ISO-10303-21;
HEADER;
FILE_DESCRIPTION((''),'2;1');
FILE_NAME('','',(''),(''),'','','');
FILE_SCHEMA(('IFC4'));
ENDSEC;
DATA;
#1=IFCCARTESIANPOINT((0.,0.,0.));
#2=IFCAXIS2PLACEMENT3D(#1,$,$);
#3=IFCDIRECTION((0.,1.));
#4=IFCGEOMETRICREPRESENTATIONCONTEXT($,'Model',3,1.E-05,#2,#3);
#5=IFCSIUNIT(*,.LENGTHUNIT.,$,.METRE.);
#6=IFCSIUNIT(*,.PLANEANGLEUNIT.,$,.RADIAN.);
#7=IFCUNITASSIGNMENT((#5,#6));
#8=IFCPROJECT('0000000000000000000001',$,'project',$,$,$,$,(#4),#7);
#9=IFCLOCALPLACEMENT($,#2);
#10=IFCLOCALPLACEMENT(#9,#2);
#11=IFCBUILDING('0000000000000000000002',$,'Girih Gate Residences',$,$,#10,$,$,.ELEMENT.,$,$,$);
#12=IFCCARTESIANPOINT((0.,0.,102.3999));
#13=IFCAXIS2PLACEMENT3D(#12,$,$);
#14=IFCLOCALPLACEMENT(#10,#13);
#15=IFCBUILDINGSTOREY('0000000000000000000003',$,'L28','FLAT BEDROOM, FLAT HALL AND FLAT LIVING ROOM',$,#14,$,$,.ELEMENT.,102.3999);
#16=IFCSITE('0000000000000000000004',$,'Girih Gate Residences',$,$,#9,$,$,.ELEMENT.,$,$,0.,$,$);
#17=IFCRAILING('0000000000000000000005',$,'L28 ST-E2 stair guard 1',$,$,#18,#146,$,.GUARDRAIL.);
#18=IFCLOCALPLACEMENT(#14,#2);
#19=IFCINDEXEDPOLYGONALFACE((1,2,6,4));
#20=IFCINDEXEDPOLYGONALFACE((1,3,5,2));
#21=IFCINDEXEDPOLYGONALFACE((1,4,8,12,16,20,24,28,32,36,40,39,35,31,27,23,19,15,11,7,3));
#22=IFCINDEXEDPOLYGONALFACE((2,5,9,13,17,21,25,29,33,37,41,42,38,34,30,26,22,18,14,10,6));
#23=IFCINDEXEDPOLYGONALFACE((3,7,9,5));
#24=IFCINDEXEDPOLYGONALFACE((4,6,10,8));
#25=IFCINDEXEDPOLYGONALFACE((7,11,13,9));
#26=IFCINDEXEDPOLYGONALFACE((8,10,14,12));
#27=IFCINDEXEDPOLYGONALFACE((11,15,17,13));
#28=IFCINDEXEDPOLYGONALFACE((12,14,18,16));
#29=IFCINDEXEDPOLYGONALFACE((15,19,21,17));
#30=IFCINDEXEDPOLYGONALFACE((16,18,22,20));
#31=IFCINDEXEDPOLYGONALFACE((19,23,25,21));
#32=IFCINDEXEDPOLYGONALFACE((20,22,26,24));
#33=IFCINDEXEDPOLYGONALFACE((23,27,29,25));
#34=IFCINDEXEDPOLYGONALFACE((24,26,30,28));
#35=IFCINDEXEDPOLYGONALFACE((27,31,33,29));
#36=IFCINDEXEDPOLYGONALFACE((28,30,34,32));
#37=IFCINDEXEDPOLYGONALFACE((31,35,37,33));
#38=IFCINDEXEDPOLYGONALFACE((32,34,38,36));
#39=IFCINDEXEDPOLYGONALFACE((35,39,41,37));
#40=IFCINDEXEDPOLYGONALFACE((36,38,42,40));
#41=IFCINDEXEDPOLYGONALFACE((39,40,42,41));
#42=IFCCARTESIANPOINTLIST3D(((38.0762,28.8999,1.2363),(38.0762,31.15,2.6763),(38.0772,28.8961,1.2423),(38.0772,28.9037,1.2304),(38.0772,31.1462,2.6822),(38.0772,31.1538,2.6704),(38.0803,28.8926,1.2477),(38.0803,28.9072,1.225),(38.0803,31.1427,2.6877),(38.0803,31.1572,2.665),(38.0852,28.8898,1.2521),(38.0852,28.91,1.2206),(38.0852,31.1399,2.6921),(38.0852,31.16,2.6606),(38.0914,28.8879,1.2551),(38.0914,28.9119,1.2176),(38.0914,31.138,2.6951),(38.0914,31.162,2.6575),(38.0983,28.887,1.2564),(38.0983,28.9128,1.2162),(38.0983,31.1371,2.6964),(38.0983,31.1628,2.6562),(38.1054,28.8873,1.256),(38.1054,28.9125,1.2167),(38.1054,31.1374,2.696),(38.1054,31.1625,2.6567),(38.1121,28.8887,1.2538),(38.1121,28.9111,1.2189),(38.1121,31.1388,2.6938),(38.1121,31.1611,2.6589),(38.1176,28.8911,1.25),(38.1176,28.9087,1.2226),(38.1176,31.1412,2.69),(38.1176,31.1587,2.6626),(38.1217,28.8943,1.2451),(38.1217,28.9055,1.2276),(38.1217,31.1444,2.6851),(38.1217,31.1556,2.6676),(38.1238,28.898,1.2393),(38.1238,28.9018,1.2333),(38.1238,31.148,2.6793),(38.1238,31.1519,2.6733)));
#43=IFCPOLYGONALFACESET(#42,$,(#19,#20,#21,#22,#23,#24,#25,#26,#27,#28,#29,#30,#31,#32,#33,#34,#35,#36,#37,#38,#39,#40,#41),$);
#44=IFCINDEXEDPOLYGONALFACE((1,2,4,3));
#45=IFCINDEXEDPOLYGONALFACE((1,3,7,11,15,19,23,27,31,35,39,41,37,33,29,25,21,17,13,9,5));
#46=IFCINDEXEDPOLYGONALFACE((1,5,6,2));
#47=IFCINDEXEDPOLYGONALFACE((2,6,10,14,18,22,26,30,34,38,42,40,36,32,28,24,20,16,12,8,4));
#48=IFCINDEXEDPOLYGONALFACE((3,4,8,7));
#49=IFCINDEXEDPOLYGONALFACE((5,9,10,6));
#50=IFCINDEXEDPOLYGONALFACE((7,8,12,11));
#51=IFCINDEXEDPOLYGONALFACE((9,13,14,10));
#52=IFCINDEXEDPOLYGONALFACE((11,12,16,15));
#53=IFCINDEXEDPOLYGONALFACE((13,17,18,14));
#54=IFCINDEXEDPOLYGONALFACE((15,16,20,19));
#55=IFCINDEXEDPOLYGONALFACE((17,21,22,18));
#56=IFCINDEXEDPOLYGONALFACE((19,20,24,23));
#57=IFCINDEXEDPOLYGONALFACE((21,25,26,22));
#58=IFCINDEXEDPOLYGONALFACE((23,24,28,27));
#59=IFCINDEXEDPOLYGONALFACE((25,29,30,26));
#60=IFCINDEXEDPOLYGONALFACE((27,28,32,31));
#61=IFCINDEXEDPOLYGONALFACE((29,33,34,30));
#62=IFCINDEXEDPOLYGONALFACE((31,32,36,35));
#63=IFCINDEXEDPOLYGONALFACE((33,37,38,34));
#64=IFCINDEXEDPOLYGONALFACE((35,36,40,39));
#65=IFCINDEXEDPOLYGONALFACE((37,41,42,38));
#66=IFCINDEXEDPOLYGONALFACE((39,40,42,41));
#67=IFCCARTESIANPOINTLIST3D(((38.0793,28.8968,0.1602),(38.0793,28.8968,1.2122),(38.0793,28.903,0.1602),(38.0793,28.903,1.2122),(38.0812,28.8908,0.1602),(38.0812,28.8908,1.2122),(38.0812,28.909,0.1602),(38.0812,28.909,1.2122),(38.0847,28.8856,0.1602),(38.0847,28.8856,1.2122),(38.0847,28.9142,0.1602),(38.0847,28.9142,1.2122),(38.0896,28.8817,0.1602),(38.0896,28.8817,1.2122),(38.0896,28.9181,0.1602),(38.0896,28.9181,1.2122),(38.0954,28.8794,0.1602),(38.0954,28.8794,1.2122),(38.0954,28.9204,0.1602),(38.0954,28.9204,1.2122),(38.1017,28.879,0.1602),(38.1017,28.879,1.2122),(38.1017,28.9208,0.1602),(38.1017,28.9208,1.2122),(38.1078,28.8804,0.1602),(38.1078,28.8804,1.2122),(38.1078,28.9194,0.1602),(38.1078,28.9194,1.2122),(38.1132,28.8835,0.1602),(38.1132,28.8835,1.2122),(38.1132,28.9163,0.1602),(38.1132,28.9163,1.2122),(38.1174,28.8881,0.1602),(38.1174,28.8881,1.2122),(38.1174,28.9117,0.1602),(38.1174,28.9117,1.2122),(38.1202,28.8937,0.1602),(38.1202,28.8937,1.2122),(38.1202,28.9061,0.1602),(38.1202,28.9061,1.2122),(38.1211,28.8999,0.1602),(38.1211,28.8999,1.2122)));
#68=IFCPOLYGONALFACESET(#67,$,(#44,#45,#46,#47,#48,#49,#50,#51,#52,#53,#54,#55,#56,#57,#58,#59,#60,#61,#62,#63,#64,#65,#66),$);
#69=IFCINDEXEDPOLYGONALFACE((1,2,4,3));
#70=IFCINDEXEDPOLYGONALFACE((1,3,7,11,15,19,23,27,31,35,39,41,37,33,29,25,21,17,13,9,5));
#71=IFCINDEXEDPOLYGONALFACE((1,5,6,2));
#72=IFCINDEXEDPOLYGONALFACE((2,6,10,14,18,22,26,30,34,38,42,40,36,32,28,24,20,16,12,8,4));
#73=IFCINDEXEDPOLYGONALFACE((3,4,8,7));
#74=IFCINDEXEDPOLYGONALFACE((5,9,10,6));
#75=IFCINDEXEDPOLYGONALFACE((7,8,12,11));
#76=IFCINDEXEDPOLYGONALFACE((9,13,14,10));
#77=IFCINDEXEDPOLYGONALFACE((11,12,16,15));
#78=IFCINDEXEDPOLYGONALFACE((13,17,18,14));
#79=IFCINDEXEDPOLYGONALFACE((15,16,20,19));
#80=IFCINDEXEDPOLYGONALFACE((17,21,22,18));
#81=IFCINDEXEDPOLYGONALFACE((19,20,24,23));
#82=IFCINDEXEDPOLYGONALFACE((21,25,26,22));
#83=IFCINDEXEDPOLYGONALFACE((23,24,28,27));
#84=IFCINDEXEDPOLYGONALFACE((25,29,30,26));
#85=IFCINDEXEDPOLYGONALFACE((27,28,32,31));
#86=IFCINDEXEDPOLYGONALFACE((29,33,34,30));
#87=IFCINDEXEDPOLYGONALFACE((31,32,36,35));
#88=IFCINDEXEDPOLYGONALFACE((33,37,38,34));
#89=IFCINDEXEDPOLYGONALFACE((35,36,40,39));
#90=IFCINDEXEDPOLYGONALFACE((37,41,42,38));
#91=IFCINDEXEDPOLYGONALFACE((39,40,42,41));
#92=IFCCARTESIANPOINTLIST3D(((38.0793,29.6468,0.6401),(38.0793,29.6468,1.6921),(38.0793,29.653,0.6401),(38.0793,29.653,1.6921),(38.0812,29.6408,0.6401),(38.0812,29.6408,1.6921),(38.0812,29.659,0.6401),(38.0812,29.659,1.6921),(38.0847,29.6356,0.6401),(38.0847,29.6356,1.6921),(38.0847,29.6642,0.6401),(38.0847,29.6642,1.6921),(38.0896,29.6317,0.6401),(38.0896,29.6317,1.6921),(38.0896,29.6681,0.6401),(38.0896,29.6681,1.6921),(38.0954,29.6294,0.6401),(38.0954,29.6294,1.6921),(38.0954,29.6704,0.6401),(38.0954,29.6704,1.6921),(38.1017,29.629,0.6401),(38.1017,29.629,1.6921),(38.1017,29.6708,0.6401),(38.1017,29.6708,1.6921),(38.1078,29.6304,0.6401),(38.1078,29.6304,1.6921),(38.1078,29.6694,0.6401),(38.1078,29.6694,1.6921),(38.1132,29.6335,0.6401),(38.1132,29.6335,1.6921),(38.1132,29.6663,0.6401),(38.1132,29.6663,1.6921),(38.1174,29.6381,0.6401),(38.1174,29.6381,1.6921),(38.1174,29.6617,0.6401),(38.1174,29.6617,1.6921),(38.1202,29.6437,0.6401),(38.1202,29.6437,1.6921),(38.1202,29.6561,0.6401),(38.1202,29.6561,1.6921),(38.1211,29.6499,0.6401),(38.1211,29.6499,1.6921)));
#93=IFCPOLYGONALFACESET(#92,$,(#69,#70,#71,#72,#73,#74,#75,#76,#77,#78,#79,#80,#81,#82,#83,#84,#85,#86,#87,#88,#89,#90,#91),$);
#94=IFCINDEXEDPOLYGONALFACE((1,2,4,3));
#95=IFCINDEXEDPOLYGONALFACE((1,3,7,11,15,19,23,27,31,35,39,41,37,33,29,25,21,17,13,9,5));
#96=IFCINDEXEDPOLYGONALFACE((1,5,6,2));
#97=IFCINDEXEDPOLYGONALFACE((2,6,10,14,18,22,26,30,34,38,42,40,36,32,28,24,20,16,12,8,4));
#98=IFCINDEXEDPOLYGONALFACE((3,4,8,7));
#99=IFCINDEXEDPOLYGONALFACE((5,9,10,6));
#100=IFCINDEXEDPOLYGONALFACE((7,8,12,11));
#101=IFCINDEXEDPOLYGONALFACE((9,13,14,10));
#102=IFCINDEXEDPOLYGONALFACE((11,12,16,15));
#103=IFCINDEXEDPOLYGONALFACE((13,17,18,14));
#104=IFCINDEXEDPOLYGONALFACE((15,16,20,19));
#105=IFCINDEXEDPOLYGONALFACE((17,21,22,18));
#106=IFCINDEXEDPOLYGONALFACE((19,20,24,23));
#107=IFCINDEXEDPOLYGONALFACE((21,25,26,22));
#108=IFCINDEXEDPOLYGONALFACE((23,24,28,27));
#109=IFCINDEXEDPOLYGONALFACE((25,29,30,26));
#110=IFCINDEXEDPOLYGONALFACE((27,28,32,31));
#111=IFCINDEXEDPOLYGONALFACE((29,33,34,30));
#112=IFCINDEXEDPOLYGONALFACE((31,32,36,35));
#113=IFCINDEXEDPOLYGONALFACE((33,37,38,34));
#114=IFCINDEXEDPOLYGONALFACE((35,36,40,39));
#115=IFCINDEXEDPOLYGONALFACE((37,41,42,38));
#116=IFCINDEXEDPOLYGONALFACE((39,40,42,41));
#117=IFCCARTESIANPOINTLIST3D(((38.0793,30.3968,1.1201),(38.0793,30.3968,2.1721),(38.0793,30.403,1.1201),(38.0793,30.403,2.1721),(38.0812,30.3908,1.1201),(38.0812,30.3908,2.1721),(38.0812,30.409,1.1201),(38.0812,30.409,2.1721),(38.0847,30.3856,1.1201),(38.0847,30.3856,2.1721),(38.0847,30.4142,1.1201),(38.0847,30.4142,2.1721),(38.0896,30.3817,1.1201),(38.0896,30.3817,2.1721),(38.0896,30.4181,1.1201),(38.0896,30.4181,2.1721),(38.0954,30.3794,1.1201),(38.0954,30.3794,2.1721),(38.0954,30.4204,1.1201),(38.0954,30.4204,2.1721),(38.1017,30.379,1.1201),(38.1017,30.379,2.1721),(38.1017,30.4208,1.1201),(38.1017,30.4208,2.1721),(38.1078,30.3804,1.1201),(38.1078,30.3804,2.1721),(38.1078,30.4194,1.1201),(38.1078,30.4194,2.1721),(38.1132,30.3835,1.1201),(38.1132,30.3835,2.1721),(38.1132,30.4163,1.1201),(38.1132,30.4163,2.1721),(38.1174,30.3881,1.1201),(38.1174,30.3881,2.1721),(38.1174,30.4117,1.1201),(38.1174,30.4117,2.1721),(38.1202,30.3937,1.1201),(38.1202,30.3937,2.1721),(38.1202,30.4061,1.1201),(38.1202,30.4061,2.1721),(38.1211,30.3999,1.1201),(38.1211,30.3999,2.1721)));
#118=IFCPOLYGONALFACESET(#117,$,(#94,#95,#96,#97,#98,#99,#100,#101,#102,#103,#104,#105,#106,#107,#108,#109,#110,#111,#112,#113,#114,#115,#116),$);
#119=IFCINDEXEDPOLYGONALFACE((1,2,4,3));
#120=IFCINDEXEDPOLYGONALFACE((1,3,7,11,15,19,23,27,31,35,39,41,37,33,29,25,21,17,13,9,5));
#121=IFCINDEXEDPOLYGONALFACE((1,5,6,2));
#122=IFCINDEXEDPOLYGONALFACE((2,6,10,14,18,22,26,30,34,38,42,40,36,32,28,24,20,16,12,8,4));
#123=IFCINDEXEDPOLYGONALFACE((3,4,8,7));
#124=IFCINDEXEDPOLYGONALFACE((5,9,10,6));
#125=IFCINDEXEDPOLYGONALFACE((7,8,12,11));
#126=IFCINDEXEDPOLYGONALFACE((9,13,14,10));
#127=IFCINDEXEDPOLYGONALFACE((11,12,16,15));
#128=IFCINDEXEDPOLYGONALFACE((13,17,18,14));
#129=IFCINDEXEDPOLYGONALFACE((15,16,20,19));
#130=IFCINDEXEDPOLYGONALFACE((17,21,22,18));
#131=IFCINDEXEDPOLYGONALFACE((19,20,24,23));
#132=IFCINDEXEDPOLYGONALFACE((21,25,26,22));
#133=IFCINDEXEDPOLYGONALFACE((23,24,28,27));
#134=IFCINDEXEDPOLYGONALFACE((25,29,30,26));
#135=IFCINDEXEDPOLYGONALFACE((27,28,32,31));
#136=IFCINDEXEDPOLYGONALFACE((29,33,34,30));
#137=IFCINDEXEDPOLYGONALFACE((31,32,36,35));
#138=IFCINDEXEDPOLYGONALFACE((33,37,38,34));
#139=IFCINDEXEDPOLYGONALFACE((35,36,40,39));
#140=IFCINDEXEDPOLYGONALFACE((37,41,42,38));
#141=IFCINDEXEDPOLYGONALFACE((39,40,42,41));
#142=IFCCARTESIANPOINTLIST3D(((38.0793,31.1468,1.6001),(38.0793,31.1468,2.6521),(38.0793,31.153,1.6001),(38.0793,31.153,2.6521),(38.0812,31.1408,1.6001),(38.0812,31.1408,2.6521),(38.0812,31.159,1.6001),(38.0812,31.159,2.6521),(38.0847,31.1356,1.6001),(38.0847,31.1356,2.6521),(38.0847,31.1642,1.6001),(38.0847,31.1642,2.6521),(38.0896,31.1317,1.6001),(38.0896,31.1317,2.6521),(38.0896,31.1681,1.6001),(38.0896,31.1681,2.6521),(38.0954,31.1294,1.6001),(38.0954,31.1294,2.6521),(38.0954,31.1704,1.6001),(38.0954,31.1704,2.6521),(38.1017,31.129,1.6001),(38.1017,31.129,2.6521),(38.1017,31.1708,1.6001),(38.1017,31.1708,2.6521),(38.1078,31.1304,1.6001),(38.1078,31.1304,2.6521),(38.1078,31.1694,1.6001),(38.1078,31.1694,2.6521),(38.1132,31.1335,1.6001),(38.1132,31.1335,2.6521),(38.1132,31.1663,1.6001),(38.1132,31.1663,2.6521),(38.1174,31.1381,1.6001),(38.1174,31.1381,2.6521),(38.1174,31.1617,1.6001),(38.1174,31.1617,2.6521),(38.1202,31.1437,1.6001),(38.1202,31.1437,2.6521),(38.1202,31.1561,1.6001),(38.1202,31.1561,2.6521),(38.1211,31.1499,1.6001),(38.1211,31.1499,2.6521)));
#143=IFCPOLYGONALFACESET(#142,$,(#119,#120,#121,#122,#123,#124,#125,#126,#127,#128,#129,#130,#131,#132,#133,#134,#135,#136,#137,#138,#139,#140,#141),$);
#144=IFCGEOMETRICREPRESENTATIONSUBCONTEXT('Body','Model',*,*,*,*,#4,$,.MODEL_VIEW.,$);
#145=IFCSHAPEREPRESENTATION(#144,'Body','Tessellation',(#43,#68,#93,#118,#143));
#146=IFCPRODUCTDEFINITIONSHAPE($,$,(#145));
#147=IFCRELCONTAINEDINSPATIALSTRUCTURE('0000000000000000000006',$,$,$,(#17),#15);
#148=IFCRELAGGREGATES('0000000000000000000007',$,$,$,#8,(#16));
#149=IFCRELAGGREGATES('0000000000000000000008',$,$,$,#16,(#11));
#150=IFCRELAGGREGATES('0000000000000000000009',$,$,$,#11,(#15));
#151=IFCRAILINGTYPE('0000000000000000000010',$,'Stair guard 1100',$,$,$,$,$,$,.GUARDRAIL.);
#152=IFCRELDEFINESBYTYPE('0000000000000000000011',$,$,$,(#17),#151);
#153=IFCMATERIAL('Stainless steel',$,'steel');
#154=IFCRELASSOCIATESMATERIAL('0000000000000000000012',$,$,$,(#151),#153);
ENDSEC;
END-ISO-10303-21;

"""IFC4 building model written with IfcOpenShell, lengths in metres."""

from ifc_helpers import new_model, si_unit, direction, frame, origin, origin_2d, place, context, subcontext, project, spatial, circle, extrude, material, type_object, element, save


model = new_model("IFC4")

# Units and contexts
model_context = context("Model", 3, precision=1e-05, world=origin(), true_north=direction((0.0, 1.0)))
body_context = subcontext(model_context, "Body", "Model", "MODEL_VIEW")
ifc_project = project(units=[si_unit("LENGTHUNIT", "METRE"), si_unit("PLANEANGLEUNIT", "RADIAN")], contexts=[model_context])

# Site, building, storey
site_placement = place(None, origin())
site = spatial("IfcSite", under=ifc_project, at=site_placement, Name="Girih Gate Residences", CompositionType="ELEMENT", RefElevation=0.0)
building_placement = place(site_placement, origin())
building = spatial("IfcBuilding", under=site, at=building_placement, Name="Girih Gate Residences", CompositionType="ELEMENT")
storey_placement = place(building_placement, frame((0.0, 0.0, 102.3999)))
storey = spatial("IfcBuildingStorey", under=building, at=storey_placement, Name="L28", Description="FLAT BEDROOM, FLAT HALL AND FLAT LIVING ROOM", CompositionType="ELEMENT", Elevation=102.3999)

# Shared definitions
ifc_material_1 = material(Name="Stainless steel", Category="steel")

# Railing
railing_type_1 = type_object("IfcRailingType", Name="Stair guard 1100", PredefinedType="GUARDRAIL", material=ifc_material_1)
railing_1_placement = place(storey_placement, frame((38.1001, 28.8999, 0.1602)))
element("IfcRailing", 1, at=railing_1_placement, inside=storey, type_object=railing_type_1, Name="L28 ST-E2 stair guard 1", PredefinedType="GUARDRAIL", context=body_context, shape_type="SweptSolid", body=[
    extrude(circle(Radius=0.0239, at=origin_2d()), frame((0.0, 0.0, 1.0762), z_axis=(0.0, 0.842281, 0.539038), x_axis=(-1.0, 0.0, 0.0)), (0.0, 0.0, 1.0), 2.6714),
    extrude(circle(Radius=0.021, at=origin_2d()), origin(), (0.0, 0.0, 1.0), 1.052),
    extrude(circle(Radius=0.021, at=origin_2d()), frame((0.0, 0.75, 0.48)), (0.0, 0.0, 1.0), 1.052),
    extrude(circle(Radius=0.021, at=origin_2d()), frame((0.0, 1.5, 0.96)), (0.0, 0.0, 1.0), 1.052),
    extrude(circle(Radius=0.021, at=origin_2d()), frame((0.0, 2.25, 1.4399)), (0.0, 0.0, 1.0), 1.052),
])

save(model, "model.ifc")
